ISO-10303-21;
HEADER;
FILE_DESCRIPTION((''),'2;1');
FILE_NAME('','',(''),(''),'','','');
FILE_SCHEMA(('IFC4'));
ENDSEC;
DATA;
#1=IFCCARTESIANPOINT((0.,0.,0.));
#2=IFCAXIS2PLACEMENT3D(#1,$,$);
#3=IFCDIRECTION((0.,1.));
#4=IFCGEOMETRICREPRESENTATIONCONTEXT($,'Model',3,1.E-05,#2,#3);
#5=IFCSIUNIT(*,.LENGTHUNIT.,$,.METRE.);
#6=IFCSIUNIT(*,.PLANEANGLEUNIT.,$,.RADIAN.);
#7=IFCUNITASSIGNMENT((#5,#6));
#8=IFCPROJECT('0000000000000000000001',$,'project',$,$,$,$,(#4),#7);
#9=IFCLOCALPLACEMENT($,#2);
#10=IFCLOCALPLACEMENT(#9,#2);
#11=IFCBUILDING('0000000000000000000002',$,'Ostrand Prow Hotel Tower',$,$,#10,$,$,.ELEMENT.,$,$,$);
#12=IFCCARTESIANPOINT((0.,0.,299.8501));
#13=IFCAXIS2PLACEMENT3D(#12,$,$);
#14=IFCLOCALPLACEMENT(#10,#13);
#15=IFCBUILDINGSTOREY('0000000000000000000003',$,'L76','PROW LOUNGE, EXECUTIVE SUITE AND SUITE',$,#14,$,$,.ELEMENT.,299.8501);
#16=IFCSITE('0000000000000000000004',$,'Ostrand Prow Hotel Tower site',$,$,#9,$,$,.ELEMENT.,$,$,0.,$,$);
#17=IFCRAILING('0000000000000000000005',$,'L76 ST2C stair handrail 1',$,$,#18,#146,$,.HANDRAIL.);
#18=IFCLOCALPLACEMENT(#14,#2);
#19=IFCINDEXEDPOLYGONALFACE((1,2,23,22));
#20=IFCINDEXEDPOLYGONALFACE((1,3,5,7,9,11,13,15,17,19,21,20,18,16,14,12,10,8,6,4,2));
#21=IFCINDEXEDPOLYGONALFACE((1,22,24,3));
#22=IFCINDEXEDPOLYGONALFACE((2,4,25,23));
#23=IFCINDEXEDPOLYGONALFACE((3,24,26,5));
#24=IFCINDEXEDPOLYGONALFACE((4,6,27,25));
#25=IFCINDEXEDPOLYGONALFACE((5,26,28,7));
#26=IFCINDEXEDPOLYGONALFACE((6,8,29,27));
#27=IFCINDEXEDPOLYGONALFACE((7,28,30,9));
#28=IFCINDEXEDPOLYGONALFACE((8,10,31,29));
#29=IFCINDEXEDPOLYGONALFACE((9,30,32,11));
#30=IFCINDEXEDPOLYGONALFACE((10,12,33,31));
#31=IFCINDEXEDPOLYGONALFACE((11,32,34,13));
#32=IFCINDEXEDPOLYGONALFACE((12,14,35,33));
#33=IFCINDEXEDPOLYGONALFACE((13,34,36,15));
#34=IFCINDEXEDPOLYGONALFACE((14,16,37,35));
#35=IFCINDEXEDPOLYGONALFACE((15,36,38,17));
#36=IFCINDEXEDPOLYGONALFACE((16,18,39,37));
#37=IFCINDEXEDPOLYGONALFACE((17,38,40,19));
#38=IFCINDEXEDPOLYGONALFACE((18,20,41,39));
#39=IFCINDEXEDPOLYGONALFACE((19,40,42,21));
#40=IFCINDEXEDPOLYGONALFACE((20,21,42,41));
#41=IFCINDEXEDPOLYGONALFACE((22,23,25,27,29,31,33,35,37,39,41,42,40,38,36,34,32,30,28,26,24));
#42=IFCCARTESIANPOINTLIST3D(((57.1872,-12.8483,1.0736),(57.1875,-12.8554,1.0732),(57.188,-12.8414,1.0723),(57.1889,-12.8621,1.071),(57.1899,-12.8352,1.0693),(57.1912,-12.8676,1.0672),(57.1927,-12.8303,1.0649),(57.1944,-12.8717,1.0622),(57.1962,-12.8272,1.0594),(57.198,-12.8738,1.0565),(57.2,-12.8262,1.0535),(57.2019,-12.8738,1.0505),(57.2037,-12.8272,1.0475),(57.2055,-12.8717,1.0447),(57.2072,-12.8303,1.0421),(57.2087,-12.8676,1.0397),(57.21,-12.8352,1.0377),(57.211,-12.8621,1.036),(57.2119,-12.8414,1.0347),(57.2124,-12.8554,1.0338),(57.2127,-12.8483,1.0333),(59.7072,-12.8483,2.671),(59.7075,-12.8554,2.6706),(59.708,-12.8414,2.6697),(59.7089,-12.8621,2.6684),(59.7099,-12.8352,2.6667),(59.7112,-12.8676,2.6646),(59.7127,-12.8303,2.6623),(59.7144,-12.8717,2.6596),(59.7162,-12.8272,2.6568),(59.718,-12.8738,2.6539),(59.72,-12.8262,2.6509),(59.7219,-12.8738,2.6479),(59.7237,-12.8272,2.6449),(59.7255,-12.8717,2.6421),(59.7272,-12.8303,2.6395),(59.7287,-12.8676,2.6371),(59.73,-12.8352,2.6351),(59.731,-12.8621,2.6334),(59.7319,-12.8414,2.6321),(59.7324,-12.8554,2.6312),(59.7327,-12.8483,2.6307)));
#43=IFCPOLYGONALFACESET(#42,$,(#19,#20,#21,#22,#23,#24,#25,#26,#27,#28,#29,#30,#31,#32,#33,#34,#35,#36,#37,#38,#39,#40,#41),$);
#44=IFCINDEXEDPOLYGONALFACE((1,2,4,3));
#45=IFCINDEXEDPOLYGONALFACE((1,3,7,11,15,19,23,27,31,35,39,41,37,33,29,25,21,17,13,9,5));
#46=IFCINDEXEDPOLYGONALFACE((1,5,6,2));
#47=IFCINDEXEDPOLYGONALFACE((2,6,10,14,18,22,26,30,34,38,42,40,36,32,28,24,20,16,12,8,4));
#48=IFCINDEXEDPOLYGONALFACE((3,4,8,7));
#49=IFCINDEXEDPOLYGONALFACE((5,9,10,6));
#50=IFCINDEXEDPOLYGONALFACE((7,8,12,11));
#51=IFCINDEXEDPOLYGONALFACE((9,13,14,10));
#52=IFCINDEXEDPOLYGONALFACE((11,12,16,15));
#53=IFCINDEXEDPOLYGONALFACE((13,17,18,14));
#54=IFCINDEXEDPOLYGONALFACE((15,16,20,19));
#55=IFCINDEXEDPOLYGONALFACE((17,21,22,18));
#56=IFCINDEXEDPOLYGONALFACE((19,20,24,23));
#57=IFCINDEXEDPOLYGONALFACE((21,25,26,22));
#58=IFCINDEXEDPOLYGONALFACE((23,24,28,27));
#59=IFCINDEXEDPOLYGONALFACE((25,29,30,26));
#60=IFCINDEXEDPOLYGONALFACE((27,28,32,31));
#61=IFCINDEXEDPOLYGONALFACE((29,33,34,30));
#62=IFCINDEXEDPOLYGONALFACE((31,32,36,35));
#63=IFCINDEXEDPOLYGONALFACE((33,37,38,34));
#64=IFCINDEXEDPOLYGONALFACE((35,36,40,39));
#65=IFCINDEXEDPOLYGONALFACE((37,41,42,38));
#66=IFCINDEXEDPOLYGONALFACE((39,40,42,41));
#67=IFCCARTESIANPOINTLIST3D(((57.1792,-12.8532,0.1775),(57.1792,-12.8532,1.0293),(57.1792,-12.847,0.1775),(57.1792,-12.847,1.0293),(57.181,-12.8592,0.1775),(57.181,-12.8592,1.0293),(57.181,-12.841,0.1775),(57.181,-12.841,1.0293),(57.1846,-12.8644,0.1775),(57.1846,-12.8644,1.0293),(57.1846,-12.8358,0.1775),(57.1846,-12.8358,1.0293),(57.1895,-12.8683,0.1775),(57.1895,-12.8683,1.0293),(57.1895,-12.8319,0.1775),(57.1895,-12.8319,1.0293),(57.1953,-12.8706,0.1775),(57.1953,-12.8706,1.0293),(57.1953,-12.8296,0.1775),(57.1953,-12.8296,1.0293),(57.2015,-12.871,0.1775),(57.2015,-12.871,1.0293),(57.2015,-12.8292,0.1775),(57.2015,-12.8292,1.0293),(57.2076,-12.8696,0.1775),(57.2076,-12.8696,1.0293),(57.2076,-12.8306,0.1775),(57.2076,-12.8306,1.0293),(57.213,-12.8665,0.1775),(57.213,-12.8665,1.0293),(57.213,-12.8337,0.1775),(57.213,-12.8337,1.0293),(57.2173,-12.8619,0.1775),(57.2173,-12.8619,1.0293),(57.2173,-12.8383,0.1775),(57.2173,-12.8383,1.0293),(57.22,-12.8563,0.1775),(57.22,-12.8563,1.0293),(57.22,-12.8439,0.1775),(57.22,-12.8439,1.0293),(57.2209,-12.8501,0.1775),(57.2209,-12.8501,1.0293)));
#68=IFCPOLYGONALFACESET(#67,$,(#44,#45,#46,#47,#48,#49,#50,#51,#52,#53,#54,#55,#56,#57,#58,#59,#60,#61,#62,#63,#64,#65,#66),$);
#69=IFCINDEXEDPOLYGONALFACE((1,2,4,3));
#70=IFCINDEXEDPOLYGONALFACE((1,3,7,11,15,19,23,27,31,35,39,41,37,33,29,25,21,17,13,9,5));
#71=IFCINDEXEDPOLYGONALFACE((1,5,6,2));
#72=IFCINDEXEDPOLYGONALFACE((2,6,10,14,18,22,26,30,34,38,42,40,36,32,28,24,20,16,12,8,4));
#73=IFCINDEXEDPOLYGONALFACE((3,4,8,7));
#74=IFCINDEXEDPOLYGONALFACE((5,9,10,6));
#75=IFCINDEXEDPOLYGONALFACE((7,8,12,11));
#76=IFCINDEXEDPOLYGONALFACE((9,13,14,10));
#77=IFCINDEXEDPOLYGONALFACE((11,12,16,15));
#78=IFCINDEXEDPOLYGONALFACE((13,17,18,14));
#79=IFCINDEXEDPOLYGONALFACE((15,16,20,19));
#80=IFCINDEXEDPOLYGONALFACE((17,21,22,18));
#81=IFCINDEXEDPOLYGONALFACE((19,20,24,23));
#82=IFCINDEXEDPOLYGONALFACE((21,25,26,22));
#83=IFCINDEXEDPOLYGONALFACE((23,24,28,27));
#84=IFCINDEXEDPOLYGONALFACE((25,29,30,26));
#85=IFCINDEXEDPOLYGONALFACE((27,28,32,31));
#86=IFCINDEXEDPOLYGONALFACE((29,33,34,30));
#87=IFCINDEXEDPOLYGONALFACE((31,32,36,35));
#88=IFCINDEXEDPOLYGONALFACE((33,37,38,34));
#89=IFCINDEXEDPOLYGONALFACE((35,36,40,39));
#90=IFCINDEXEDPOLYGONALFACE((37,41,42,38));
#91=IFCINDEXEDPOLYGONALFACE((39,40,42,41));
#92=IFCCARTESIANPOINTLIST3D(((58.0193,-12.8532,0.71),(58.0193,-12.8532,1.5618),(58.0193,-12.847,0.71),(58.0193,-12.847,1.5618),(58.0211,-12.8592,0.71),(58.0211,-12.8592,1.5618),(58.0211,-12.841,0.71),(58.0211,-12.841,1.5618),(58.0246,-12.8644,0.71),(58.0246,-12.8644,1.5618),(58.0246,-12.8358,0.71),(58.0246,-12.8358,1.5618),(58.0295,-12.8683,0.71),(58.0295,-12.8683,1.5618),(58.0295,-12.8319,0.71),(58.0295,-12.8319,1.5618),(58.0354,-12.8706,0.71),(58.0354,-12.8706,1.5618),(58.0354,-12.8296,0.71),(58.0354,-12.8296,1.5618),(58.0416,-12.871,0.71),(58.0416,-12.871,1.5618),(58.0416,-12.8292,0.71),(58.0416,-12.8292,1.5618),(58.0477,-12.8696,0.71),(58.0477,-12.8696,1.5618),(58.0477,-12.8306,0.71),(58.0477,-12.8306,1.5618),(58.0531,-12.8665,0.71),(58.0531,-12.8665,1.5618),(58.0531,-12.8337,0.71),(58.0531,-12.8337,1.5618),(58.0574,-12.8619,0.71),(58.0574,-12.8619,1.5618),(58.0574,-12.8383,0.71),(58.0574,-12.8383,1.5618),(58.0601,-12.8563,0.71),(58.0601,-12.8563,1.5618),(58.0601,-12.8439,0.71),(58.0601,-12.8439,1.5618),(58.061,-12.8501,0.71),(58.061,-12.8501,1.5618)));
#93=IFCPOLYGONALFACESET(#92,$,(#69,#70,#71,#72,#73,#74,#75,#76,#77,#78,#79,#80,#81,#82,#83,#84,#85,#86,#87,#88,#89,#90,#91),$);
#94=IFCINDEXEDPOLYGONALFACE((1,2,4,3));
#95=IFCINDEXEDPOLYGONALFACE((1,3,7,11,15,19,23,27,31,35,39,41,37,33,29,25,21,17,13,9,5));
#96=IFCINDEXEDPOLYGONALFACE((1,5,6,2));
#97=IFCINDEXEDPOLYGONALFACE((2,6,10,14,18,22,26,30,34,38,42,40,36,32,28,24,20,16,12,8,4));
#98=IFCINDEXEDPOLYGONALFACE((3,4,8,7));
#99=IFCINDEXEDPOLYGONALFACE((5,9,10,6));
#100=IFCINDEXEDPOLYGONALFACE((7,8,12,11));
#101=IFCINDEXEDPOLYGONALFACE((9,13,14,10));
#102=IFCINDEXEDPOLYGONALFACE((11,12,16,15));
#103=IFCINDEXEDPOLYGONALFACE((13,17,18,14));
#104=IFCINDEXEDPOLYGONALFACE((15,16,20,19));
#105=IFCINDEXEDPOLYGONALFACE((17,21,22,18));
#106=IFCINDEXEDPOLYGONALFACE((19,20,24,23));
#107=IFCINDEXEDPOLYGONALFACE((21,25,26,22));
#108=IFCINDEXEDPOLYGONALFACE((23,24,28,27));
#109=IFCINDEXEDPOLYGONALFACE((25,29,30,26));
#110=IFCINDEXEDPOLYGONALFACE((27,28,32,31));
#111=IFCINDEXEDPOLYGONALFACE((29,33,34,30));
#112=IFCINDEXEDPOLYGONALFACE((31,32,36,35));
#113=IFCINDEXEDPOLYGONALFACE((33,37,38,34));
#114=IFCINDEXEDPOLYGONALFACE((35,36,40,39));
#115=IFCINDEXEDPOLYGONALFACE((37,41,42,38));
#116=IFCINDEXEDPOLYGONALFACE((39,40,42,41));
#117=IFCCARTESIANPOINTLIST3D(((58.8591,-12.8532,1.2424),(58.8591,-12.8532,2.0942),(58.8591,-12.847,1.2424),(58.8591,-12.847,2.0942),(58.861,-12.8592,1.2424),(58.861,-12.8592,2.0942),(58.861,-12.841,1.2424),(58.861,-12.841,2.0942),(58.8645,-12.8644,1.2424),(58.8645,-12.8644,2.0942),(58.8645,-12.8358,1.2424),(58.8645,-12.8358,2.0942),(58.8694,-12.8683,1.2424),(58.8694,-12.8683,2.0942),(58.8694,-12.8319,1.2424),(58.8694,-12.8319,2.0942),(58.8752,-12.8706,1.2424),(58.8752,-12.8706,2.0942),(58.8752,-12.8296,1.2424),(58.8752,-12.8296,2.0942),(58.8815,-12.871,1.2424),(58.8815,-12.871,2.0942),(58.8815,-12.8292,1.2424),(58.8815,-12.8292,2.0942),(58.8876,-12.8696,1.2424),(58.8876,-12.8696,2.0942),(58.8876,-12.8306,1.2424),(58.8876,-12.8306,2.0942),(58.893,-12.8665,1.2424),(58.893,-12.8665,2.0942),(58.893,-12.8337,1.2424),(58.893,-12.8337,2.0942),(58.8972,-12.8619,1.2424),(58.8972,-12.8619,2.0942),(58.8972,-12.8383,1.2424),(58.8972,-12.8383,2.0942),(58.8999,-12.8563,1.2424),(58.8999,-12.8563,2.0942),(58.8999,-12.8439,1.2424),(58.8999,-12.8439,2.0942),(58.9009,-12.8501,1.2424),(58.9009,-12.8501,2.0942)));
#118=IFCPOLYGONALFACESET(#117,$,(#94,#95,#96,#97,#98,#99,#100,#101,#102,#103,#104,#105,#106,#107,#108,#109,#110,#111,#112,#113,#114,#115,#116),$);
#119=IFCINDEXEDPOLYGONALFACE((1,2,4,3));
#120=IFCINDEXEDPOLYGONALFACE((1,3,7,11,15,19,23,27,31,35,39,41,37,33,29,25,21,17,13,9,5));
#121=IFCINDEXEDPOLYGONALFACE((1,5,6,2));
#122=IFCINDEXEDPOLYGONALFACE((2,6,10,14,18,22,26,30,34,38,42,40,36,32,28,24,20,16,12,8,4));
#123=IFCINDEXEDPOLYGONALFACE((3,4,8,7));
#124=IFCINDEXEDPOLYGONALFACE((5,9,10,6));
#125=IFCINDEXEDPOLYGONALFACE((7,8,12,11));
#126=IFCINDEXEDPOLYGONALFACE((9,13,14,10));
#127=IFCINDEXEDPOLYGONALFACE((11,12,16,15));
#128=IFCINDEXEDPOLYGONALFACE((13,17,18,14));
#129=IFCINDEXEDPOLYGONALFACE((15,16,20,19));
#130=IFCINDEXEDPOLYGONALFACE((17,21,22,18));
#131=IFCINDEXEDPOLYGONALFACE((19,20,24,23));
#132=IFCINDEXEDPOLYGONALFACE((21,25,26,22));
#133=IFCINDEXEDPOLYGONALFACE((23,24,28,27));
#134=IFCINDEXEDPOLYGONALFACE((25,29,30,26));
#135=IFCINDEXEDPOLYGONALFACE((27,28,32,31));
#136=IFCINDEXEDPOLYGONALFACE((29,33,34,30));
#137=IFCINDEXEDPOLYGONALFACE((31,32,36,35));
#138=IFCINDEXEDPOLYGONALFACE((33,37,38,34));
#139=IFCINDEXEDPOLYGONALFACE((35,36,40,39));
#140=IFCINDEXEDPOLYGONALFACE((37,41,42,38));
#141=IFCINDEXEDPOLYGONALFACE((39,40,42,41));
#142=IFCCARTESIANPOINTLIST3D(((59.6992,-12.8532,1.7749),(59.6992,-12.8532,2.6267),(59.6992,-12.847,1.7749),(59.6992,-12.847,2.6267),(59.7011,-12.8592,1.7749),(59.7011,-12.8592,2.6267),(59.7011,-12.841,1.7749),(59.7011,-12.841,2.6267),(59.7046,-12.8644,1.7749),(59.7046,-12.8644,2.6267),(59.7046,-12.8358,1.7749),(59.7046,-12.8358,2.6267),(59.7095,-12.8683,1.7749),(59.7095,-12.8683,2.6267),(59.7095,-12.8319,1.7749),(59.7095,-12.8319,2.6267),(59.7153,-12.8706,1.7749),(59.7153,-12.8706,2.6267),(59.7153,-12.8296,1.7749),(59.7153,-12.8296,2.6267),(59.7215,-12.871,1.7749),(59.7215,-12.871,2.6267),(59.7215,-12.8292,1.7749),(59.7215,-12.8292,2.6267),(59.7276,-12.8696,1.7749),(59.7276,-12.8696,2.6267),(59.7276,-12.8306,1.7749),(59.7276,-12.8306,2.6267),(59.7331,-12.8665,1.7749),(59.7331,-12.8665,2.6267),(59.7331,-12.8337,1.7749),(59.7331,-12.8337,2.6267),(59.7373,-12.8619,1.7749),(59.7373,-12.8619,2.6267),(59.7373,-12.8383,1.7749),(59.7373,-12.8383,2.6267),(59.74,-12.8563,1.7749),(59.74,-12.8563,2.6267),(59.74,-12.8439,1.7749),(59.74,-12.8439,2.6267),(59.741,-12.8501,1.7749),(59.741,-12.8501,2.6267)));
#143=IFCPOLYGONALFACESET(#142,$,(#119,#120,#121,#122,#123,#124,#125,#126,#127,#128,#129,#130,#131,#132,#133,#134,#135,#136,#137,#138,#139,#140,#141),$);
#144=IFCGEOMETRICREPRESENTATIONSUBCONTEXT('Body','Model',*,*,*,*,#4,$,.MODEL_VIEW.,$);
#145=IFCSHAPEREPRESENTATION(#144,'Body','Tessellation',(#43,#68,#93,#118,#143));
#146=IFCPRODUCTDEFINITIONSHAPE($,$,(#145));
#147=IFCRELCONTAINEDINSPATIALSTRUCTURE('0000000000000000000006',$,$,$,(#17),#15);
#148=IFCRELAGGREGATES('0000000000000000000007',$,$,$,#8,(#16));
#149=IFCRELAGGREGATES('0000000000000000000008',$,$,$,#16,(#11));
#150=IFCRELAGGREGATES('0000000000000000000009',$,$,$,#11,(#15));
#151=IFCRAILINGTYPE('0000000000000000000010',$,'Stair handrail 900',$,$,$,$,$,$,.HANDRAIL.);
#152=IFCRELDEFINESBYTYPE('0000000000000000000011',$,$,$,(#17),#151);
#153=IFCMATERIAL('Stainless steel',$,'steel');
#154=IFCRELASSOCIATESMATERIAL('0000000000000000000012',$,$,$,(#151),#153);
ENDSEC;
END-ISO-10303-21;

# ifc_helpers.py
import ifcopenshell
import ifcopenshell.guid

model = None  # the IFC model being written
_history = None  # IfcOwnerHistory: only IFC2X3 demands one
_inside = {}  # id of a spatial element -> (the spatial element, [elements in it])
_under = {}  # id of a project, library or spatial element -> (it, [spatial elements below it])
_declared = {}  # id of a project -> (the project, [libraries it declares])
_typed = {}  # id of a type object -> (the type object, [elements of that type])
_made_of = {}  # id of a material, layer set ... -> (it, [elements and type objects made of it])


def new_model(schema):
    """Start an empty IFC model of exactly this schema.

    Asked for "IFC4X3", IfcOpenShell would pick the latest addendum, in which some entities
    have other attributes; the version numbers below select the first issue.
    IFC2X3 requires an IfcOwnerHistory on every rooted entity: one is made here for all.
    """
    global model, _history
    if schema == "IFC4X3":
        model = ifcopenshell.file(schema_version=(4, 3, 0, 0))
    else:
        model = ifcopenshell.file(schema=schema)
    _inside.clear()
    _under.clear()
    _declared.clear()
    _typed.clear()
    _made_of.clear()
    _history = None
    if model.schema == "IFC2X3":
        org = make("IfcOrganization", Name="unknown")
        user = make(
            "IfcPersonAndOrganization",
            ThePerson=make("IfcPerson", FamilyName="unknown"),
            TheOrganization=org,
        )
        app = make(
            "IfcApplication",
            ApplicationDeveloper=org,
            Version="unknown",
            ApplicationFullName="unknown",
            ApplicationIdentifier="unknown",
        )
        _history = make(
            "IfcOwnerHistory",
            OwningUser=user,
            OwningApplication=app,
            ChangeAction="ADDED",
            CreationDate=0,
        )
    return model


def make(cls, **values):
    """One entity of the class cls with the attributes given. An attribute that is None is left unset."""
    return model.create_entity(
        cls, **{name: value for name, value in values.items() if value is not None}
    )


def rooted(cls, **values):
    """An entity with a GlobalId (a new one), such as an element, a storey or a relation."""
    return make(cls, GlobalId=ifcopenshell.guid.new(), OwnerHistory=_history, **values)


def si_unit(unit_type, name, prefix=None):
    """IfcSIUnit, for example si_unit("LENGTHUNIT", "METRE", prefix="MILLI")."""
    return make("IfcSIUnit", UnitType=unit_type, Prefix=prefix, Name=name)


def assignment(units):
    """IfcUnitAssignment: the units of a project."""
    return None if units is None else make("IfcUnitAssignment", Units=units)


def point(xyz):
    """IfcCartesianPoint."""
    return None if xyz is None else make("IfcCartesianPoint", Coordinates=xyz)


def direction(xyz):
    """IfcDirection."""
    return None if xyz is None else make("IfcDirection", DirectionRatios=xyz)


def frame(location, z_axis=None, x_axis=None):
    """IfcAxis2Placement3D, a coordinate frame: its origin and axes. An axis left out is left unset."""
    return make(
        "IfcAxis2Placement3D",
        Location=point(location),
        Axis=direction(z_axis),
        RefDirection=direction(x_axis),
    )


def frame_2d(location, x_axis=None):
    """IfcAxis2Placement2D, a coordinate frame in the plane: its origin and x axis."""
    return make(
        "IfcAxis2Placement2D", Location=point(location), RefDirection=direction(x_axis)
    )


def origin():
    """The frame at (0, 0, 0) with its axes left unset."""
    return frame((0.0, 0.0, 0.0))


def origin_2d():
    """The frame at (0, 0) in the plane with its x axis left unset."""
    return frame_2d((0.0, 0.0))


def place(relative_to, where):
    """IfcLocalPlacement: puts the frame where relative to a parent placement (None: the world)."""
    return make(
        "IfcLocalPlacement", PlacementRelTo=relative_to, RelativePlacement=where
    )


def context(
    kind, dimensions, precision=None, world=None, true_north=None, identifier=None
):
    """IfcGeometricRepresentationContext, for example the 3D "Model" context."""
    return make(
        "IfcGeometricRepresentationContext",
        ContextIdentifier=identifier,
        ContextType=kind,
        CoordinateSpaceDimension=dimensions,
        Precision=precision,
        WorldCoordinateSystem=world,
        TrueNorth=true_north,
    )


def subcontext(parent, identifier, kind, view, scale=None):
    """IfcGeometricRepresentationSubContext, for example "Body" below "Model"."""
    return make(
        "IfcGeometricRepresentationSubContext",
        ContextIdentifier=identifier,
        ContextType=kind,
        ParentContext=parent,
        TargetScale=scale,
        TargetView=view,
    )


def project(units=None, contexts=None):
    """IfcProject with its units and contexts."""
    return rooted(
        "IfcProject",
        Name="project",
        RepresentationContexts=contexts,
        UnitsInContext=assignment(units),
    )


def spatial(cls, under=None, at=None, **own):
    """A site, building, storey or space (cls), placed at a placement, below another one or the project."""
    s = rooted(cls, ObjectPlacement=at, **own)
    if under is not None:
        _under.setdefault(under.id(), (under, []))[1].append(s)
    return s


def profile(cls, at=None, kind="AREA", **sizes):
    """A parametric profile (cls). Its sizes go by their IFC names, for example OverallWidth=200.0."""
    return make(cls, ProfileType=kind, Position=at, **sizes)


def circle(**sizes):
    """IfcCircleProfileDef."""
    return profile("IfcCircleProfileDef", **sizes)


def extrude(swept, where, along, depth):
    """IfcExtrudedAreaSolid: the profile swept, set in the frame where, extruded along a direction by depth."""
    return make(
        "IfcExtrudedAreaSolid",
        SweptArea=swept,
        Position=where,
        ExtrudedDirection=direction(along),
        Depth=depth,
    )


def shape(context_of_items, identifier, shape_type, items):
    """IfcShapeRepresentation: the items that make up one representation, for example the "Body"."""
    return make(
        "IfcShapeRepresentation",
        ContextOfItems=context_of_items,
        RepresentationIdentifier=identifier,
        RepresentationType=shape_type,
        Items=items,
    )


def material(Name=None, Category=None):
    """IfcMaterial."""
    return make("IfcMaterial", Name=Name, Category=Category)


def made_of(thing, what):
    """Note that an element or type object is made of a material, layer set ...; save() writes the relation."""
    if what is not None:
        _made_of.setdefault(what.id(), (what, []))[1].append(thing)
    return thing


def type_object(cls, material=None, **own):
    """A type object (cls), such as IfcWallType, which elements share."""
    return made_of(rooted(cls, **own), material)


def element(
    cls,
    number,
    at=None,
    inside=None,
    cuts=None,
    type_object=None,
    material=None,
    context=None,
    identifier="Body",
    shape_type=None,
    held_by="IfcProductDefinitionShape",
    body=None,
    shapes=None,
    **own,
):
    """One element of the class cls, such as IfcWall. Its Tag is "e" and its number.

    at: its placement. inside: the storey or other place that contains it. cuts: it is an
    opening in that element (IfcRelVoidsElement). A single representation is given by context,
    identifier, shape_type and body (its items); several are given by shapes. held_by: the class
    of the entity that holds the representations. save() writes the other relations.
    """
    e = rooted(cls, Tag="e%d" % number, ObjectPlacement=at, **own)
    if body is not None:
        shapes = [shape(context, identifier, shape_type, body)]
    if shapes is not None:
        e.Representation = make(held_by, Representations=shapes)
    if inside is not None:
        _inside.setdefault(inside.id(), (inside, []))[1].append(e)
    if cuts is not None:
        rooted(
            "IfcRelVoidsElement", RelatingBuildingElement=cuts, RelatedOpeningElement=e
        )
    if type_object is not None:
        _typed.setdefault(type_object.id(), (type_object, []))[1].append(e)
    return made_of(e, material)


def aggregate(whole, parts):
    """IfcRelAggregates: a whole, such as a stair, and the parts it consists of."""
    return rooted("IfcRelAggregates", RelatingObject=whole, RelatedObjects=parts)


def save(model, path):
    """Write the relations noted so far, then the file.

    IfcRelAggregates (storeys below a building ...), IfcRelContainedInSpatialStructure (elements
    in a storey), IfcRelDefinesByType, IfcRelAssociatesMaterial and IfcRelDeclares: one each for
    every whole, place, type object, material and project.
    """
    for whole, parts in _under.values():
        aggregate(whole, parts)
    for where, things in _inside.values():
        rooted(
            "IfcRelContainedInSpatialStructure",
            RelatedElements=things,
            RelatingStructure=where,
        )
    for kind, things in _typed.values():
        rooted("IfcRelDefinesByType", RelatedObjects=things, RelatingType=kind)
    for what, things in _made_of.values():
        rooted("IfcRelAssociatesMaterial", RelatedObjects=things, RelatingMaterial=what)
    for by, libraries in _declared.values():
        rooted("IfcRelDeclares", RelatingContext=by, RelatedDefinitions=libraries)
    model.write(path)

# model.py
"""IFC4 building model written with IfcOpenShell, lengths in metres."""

from ifc_helpers import new_model, si_unit, direction, frame, origin, origin_2d, place, context, subcontext, project, spatial, circle, extrude, material, type_object, element, save


model = new_model("IFC4")

# Units and contexts
model_context = context("Model", 3, precision=1e-05, world=origin(), true_north=direction((0.0, 1.0)))
body_context = subcontext(model_context, "Body", "Model", "MODEL_VIEW")
ifc_project = project(units=[si_unit("LENGTHUNIT", "METRE"), si_unit("PLANEANGLEUNIT", "RADIAN")], contexts=[model_context])

# Site, building, storey
site_placement = place(None, origin())
site = spatial("IfcSite", under=ifc_project, at=site_placement, Name="Ostrand Prow Hotel Tower site", CompositionType="ELEMENT", RefElevation=0.0)
building_placement = place(site_placement, origin())
building = spatial("IfcBuilding", under=site, at=building_placement, Name="Ostrand Prow Hotel Tower", CompositionType="ELEMENT")
storey_placement = place(building_placement, frame((0.0, 0.0, 299.8501)))
storey = spatial("IfcBuildingStorey", under=building, at=storey_placement, Name="L76", Description="PROW LOUNGE, EXECUTIVE SUITE AND SUITE", CompositionType="ELEMENT", Elevation=299.8501)

# Railing
ifc_material_1 = material(Name="Stainless steel", Category="steel")
railing_type_1 = type_object("IfcRailingType", Name="Stair handrail 900", PredefinedType="HANDRAIL", material=ifc_material_1)
railing_1_placement = place(storey_placement, frame((57.2, -12.8501, 0.1775)))
element("IfcRailing", 1, at=railing_1_placement, inside=storey, type_object=railing_type_1, Name="L76 ST2C stair handrail 1", PredefinedType="HANDRAIL", context=body_context, shape_type="SweptSolid", body=[
    extrude(circle(Radius=0.0239, at=origin_2d()), frame((0.0, 0.0, 0.876), z_axis=(0.844607, 0.0, 0.535387), x_axis=(0.0, 1.0, 0.0)), (0.0, 0.0, 1.0), 2.9836),
    extrude(circle(Radius=0.021, at=origin_2d()), origin(), (0.0, 0.0, 1.0), 0.8518),
    extrude(circle(Radius=0.021, at=origin_2d()), frame((0.8401, 0.0, 0.5325)), (0.0, 0.0, 1.0), 0.8518),
    extrude(circle(Radius=0.021, at=origin_2d()), frame((1.6799, 0.0, 1.0649)), (0.0, 0.0, 1.0), 0.8518),
    extrude(circle(Radius=0.021, at=origin_2d()), frame((2.52, 0.0, 1.5974)), (0.0, 0.0, 1.0), 0.8518),
])

save(model, "model.ifc")
